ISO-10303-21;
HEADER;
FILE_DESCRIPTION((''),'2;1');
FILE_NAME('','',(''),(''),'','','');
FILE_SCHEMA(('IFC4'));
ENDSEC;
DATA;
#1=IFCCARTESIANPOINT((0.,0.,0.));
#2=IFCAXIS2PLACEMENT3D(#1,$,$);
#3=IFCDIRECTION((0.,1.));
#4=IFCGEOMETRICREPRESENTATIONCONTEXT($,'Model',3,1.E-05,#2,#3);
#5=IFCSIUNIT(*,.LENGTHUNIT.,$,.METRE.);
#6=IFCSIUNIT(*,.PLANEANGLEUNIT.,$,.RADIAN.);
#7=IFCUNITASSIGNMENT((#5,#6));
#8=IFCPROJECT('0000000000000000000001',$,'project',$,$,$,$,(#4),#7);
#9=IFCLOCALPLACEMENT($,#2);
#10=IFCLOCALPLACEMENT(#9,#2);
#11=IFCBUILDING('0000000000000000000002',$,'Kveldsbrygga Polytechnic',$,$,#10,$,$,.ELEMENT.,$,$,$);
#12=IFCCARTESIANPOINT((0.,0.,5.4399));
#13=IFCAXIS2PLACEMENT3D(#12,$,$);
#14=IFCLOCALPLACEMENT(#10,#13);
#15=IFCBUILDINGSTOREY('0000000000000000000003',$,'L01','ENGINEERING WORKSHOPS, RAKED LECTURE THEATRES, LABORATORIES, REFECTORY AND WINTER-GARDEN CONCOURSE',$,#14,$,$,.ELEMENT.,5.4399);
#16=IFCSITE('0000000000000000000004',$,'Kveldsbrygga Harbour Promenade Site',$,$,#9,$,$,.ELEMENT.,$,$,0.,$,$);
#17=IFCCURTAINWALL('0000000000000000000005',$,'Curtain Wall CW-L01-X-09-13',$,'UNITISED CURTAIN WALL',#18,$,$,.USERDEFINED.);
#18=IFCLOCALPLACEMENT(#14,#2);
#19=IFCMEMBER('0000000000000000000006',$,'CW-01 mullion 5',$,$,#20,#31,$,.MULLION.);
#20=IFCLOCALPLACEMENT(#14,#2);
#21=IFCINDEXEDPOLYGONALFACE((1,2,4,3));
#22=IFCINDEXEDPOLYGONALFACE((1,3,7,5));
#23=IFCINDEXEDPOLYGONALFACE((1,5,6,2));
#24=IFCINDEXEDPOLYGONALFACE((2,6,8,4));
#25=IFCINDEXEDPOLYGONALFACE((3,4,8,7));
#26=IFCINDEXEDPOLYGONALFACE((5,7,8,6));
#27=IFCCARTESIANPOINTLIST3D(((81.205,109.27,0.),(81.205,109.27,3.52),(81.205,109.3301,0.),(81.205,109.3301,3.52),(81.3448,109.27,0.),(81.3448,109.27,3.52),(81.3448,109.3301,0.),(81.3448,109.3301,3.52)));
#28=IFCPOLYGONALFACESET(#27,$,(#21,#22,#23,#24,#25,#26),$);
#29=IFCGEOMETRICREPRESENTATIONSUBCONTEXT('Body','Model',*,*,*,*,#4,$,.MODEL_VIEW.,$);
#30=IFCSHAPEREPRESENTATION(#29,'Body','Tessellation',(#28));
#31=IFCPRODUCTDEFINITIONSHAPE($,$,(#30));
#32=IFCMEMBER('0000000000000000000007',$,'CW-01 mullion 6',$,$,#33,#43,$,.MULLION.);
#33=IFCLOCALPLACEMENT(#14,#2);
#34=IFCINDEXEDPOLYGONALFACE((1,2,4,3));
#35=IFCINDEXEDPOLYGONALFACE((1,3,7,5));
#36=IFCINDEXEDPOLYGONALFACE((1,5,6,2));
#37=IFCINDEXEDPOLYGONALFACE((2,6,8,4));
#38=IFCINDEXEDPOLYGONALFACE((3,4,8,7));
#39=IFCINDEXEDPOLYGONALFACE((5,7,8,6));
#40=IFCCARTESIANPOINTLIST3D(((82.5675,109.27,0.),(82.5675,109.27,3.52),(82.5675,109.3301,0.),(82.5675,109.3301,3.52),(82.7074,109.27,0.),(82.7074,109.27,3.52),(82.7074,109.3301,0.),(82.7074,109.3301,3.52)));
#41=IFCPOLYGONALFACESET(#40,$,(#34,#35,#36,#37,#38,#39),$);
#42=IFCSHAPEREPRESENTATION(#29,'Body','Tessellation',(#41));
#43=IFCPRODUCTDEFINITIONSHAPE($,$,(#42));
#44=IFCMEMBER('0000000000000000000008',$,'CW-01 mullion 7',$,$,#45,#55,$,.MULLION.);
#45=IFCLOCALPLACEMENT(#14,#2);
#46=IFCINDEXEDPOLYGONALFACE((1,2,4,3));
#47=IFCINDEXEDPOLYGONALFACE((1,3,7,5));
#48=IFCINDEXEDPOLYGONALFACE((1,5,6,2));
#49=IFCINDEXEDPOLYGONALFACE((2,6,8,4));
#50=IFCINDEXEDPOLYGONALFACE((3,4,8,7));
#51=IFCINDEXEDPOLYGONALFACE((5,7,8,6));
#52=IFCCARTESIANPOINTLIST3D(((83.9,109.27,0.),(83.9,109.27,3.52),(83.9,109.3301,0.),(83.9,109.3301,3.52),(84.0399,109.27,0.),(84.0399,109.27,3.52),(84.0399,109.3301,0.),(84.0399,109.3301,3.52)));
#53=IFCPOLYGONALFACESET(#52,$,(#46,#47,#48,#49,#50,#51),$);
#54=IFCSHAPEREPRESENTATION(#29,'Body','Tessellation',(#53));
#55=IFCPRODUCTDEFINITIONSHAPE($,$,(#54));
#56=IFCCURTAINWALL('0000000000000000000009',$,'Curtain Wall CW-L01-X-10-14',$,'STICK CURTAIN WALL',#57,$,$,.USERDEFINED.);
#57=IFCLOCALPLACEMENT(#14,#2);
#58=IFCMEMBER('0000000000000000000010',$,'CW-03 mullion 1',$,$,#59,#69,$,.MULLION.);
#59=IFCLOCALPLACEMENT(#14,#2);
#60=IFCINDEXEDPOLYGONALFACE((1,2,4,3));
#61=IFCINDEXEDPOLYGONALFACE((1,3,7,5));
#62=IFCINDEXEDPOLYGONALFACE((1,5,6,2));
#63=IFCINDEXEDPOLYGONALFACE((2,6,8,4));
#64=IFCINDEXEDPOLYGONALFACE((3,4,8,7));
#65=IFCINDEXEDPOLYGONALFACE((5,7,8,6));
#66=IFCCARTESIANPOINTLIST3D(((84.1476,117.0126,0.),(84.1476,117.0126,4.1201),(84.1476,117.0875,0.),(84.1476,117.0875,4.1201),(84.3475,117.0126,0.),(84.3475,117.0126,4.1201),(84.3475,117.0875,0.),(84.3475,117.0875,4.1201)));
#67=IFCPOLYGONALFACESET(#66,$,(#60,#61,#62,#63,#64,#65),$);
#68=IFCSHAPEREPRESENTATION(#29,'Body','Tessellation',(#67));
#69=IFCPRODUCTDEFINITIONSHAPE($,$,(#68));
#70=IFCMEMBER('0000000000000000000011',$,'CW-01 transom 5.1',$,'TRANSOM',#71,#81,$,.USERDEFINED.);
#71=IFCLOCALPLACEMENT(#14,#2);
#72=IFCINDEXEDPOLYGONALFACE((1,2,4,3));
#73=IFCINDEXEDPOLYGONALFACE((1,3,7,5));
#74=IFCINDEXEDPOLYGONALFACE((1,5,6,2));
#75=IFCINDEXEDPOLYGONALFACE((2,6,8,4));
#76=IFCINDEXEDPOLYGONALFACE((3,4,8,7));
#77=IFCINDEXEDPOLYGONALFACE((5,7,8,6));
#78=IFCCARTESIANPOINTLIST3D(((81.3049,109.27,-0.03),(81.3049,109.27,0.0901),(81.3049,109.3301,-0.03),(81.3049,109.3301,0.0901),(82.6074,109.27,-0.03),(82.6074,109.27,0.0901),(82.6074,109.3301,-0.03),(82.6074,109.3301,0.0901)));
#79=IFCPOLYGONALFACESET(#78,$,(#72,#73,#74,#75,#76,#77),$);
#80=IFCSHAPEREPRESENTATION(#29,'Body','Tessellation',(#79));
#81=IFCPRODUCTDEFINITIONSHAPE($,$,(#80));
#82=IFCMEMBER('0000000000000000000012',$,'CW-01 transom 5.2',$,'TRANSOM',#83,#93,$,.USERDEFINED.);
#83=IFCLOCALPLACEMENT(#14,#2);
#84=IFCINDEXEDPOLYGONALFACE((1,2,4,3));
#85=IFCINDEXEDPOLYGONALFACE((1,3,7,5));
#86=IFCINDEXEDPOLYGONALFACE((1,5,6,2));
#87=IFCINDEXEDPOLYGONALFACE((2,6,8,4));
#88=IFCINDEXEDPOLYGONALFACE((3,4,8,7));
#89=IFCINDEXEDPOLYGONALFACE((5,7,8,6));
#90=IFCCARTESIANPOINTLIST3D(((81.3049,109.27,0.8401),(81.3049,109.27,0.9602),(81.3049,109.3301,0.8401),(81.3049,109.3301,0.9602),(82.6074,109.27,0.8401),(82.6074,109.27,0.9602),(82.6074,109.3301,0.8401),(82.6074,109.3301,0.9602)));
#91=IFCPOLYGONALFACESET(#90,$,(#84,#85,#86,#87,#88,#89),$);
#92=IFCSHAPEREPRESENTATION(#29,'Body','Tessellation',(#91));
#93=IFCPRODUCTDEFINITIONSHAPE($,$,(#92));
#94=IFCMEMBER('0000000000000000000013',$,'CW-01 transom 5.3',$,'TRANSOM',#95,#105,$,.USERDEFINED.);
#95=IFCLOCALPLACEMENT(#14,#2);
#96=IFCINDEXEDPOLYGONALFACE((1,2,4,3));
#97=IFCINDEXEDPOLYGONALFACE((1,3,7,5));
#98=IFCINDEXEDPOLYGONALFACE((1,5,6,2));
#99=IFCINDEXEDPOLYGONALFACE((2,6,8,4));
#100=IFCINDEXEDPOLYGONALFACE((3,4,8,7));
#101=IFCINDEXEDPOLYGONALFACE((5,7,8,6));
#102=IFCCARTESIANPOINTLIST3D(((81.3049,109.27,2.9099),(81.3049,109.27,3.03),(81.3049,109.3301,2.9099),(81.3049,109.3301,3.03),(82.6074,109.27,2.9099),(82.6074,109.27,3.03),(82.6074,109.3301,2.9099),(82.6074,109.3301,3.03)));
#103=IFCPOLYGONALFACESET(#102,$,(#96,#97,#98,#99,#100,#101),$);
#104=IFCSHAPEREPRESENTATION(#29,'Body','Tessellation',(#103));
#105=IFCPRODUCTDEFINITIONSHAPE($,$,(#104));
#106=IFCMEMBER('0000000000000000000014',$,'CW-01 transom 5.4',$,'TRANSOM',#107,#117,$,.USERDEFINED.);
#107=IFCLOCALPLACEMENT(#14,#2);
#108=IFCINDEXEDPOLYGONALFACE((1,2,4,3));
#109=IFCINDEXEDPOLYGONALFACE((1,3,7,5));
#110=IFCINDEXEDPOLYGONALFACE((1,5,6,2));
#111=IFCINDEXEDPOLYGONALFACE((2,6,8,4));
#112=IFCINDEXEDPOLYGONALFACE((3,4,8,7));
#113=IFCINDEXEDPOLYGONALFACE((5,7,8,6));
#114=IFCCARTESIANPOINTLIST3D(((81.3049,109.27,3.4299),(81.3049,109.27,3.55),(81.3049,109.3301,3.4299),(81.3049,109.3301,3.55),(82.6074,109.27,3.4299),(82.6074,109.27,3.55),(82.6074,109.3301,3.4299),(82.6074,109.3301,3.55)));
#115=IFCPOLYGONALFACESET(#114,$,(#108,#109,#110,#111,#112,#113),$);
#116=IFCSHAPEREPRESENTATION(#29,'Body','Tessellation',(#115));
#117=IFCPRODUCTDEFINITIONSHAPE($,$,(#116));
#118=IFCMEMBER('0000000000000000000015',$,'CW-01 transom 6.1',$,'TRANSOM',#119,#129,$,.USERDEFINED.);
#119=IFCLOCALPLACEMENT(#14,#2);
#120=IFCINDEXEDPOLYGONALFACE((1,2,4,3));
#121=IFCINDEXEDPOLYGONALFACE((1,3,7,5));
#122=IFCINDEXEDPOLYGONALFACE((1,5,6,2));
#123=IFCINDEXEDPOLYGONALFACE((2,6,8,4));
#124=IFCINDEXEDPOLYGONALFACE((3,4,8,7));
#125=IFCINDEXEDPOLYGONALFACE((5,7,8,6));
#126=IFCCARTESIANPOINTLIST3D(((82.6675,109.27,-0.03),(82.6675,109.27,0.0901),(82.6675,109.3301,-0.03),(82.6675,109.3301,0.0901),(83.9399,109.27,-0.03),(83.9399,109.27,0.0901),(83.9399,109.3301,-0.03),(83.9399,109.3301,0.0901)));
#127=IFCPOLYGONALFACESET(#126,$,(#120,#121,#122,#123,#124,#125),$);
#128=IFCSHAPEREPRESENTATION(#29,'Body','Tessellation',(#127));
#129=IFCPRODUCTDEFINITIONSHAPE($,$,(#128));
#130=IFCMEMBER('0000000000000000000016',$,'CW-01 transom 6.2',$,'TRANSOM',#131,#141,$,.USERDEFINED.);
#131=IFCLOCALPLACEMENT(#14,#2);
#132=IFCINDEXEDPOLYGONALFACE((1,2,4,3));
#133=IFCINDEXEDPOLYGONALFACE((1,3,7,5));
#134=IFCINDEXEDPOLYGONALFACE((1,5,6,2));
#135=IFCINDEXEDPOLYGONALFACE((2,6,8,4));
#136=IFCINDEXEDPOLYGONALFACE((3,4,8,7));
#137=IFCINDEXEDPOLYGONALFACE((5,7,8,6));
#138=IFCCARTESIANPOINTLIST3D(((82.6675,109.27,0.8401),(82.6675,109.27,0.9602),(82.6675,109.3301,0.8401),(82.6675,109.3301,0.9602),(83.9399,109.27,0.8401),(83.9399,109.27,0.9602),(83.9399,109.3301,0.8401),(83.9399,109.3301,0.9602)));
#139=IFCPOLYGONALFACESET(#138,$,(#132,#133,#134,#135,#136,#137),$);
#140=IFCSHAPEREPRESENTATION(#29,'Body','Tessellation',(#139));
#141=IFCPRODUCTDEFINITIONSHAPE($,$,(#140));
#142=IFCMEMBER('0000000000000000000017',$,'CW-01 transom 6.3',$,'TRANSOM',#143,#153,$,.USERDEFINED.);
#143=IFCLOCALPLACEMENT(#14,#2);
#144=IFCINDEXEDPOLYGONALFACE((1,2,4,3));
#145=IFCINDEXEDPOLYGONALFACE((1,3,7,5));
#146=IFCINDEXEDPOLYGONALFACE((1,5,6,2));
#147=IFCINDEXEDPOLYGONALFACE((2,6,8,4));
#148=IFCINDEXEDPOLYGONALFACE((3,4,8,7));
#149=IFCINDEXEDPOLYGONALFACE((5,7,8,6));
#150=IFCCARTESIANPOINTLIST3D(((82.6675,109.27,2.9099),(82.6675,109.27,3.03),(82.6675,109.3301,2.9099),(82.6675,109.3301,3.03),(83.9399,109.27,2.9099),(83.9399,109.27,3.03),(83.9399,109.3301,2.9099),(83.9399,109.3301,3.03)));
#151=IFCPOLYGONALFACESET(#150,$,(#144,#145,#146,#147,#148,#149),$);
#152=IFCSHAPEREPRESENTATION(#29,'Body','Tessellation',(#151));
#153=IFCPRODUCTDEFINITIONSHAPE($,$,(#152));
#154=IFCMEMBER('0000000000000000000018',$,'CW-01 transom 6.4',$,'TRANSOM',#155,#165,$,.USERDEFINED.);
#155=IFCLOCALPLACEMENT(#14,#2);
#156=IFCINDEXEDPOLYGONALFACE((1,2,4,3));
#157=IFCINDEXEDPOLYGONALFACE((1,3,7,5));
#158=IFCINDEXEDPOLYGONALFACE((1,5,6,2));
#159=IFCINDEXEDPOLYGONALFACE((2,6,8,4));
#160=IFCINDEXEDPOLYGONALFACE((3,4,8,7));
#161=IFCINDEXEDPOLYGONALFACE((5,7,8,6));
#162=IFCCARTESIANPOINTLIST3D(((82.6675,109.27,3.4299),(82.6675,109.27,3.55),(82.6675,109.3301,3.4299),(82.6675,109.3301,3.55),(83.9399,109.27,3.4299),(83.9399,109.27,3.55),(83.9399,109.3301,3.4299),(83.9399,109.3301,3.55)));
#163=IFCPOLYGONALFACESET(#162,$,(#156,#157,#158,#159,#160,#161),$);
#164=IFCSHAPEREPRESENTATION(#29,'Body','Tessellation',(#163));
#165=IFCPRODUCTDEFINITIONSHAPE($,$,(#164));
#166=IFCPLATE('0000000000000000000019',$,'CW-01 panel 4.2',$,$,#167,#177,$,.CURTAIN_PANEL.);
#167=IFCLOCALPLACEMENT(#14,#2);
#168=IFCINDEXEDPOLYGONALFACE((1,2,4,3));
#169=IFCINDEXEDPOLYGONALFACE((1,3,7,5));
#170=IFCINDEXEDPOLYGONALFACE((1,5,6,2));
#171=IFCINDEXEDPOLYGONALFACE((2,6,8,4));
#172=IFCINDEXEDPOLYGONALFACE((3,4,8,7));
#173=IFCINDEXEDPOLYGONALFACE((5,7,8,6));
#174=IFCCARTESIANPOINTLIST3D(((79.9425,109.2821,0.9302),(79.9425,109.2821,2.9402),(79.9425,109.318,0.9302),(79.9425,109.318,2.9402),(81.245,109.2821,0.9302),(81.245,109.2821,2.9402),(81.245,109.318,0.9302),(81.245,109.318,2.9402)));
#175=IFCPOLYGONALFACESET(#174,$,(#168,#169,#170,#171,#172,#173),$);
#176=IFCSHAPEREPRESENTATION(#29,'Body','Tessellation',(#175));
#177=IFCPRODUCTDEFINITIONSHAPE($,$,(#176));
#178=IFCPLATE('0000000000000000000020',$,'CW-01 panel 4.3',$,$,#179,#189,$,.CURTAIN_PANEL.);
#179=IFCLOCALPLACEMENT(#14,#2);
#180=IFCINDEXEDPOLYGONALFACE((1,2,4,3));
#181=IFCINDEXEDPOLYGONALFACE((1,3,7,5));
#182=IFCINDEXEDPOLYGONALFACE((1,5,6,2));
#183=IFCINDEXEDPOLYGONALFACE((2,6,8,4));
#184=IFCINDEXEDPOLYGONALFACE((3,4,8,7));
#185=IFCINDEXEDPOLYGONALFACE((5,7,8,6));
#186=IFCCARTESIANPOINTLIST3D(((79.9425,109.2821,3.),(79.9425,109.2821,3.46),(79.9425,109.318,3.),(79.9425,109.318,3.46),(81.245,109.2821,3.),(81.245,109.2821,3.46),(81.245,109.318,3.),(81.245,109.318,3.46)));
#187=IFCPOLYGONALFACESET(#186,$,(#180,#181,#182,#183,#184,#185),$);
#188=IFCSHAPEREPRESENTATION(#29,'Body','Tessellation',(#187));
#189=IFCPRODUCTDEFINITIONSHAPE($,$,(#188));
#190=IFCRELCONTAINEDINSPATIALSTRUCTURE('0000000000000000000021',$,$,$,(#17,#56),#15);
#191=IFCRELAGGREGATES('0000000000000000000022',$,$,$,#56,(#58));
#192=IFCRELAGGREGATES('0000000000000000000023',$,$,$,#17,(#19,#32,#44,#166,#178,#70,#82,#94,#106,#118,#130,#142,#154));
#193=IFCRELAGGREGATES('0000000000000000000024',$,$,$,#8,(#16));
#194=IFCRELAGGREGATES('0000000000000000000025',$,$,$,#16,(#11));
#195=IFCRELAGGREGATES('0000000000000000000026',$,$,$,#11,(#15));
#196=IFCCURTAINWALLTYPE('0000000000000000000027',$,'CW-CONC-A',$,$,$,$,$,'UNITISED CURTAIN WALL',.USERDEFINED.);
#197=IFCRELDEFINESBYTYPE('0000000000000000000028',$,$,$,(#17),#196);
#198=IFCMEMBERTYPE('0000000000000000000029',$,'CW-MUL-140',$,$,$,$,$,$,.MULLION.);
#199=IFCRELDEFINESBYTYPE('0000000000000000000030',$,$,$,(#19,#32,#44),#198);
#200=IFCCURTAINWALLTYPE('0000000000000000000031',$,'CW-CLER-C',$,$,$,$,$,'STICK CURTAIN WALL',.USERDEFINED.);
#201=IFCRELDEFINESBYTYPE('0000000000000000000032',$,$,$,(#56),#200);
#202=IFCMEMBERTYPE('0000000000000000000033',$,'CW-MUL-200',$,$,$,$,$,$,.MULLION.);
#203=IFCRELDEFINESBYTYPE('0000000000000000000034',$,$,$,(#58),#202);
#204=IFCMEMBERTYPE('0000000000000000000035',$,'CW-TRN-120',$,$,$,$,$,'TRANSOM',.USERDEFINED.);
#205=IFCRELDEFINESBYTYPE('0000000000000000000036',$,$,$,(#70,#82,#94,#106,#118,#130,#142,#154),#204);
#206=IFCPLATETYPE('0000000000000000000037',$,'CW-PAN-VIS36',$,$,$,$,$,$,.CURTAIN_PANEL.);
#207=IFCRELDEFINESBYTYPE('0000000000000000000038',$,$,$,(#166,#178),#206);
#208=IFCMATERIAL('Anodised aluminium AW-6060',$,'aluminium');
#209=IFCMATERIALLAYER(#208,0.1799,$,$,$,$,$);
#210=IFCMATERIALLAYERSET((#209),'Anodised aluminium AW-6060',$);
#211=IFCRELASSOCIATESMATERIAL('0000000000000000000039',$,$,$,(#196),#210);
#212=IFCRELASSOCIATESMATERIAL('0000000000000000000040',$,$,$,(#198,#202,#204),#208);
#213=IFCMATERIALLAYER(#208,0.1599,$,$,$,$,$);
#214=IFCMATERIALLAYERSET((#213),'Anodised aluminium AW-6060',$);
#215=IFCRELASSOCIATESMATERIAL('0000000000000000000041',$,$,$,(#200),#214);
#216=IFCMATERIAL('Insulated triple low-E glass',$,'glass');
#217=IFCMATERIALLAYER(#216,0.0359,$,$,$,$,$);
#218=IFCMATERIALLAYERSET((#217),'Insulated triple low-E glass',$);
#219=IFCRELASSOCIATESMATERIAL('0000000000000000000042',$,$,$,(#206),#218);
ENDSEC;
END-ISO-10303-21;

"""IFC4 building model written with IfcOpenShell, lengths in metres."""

from ifc_helpers import new_model, si_unit, direction, frame, origin, origin_2d, place, context, subcontext, project, spatial, rectangle, extrude, material, layer, layer_set, material_profile, profile_set, type_object, element, aggregate, save


model = new_model("IFC4")

# Units and contexts
model_context = context("Model", 3, precision=1e-05, world=origin(), true_north=direction((0.0, 1.0)))
body_context = subcontext(model_context, "Body", "Model", "MODEL_VIEW")
ifc_project = project(units=[si_unit("LENGTHUNIT", "METRE"), si_unit("PLANEANGLEUNIT", "RADIAN")], contexts=[model_context])

# Site, building, storey
site_placement = place(None, origin())
site = spatial("IfcSite", under=ifc_project, at=site_placement, Name="Kveldsbrygga Harbour Promenade Site", CompositionType="ELEMENT", RefElevation=0.0)
building_placement = place(site_placement, origin())
building = spatial("IfcBuilding", under=site, at=building_placement, Name="Kveldsbrygga Polytechnic", CompositionType="ELEMENT")
storey_placement = place(building_placement, frame((0.0, 0.0, 5.4399)))
storey = spatial("IfcBuildingStorey", under=building, at=storey_placement, Name="L01", Description="ENGINEERING WORKSHOPS, RAKED LECTURE THEATRES, LABORATORIES, REFECTORY AND WINTER-GARDEN CONCOURSE", CompositionType="ELEMENT", Elevation=5.4399)

# Curtain wall, members
ifc_material_1 = material(Name="Anodised aluminium AW-6060", Category="aluminium")
ifc_layer_1 = layer(ifc_material_1, 0.1799)
ifc_layer_set_1 = layer_set([ifc_layer_1], Name="Anodised aluminium AW-6060")
curtain_wall_type_1 = type_object("IfcCurtainWallType", Name="CW-CONC-A", ElementType="UNITISED CURTAIN WALL", PredefinedType="USERDEFINED", material=ifc_layer_set_1)
curtain_wall_1_placement = place(storey_placement, origin())
curtain_wall_1 = element("IfcCurtainWall", 1, at=curtain_wall_1_placement, inside=storey, type_object=curtain_wall_type_1, Name="Curtain Wall CW-L01-X-09-13", ObjectType="UNITISED CURTAIN WALL", PredefinedType="USERDEFINED")
ifc_material_profile_1 = material_profile(ifc_material_1, rectangle(XDim=0.0601, YDim=0.1399, at=origin_2d()), Name="ALU 60x140")
ifc_profile_set_1 = profile_set([ifc_material_profile_1], Name="Anodised aluminium AW-6060")
member_type_1 = type_object("IfcMemberType", Name="CW-MUL-140", PredefinedType="MULLION", material=ifc_profile_set_1)
member_1_placement = place(storey_placement, frame((81.2749, 109.3, 0.0), z_axis=(0.0, 0.0, 1.0), x_axis=(0.0, 1.0, 0.0)))
member_1 = element("IfcMember", 2, at=member_1_placement, type_object=member_type_1, Name="CW-01 mullion 5", PredefinedType="MULLION", context=body_context, shape_type="SweptSolid", body=[
    extrude(rectangle(XDim=0.0601, YDim=0.1399, at=origin_2d()), origin(), (0.0, 0.0, 1.0), 3.52),
])
member_2_placement = place(storey_placement, frame((82.6375, 109.3, 0.0), z_axis=(0.0, 0.0, 1.0), x_axis=(0.0, 1.0, 0.0)))
member_2 = element("IfcMember", 3, at=member_2_placement, type_object=member_type_1, Name="CW-01 mullion 6", PredefinedType="MULLION", context=body_context, shape_type="SweptSolid", body=[
    extrude(rectangle(XDim=0.0601, YDim=0.1399, at=origin_2d()), origin(), (0.0, 0.0, 1.0), 3.52),
])
member_3_placement = place(storey_placement, frame((83.97, 109.3, 0.0), z_axis=(0.0, 0.0, 1.0), x_axis=(0.0, 1.0, 0.0)))
member_3 = element("IfcMember", 4, at=member_3_placement, type_object=member_type_1, Name="CW-01 mullion 7", PredefinedType="MULLION", context=body_context, shape_type="SweptSolid", body=[
    extrude(rectangle(XDim=0.0601, YDim=0.1399, at=origin_2d()), origin(), (0.0, 0.0, 1.0), 3.52),
])

# Curtain wall, member
ifc_layer_2 = layer(ifc_material_1, 0.1599)
ifc_layer_set_2 = layer_set([ifc_layer_2], Name="Anodised aluminium AW-6060")
curtain_wall_type_2 = type_object("IfcCurtainWallType", Name="CW-CLER-C", ElementType="STICK CURTAIN WALL", PredefinedType="USERDEFINED", material=ifc_layer_set_2)
curtain_wall_2_placement = place(storey_placement, origin())
curtain_wall_2 = element("IfcCurtainWall", 5, at=curtain_wall_2_placement, inside=storey, type_object=curtain_wall_type_2, Name="Curtain Wall CW-L01-X-10-14", ObjectType="STICK CURTAIN WALL", PredefinedType="USERDEFINED")
ifc_material_profile_2 = material_profile(ifc_material_1, rectangle(XDim=0.075, YDim=0.2, at=origin_2d()), Name="ALU 75x200")
ifc_profile_set_2 = profile_set([ifc_material_profile_2], Name="Anodised aluminium AW-6060")
member_type_2 = type_object("IfcMemberType", Name="CW-MUL-200", PredefinedType="MULLION", material=ifc_profile_set_2)
member_4_placement = place(storey_placement, frame((84.2476, 117.05, 0.0), z_axis=(0.0, 0.0, 1.0), x_axis=(0.0, 1.0, 0.0)))
member_4 = element("IfcMember", 6, at=member_4_placement, type_object=member_type_2, Name="CW-03 mullion 1", PredefinedType="MULLION", context=body_context, shape_type="SweptSolid", body=[
    extrude(rectangle(XDim=0.075, YDim=0.2, at=origin_2d()), origin(), (0.0, 0.0, 1.0), 4.1201),
])
aggregate(curtain_wall_2, [member_4])

# Members
ifc_material_profile_3 = material_profile(ifc_material_1, rectangle(XDim=0.0601, YDim=0.1201, at=origin_2d()), Name="ALU 60x120")
ifc_profile_set_3 = profile_set([ifc_material_profile_3], Name="Anodised aluminium AW-6060")
member_type_3 = type_object("IfcMemberType", Name="CW-TRN-120", ElementType="TRANSOM", PredefinedType="USERDEFINED", material=ifc_profile_set_3)
member_5_placement = place(storey_placement, frame((81.3049, 109.3, 0.03), z_axis=(1.0, 0.0, 0.0), x_axis=(0.0, 1.0, 0.0)))
member_5 = element("IfcMember", 7, at=member_5_placement, type_object=member_type_3, Name="CW-01 transom 5.1", ObjectType="TRANSOM", PredefinedType="USERDEFINED", context=body_context, shape_type="SweptSolid", body=[
    extrude(rectangle(XDim=0.0601, YDim=0.1201, at=origin_2d()), origin(), (0.0, 0.0, 1.0), 1.3025),
])
member_6_placement = place(storey_placement, frame((81.3049, 109.3, 0.9001), z_axis=(1.0, 0.0, 0.0), x_axis=(0.0, 1.0, 0.0)))
member_6 = element("IfcMember", 8, at=member_6_placement, type_object=member_type_3, Name="CW-01 transom 5.2", ObjectType="TRANSOM", PredefinedType="USERDEFINED", context=body_context, shape_type="SweptSolid", body=[
    extrude(rectangle(XDim=0.0601, YDim=0.1201, at=origin_2d()), origin(), (0.0, 0.0, 1.0), 1.3025),
])
member_7_placement = place(storey_placement, frame((81.3049, 109.3, 2.97), z_axis=(1.0, 0.0, 0.0), x_axis=(0.0, 1.0, 0.0)))
member_7 = element("IfcMember", 9, at=member_7_placement, type_object=member_type_3, Name="CW-01 transom 5.3", ObjectType="TRANSOM", PredefinedType="USERDEFINED", context=body_context, shape_type="SweptSolid", body=[
    extrude(rectangle(XDim=0.0601, YDim=0.1201, at=origin_2d()), origin(), (0.0, 0.0, 1.0), 1.3025),
])
member_8_placement = place(storey_placement, frame((81.3049, 109.3, 3.49), z_axis=(1.0, 0.0, 0.0), x_axis=(0.0, 1.0, 0.0)))
member_8 = element("IfcMember", 10, at=member_8_placement, type_object=member_type_3, Name="CW-01 transom 5.4", ObjectType="TRANSOM", PredefinedType="USERDEFINED", context=body_context, shape_type="SweptSolid", body=[
    extrude(rectangle(XDim=0.0601, YDim=0.1201, at=origin_2d()), origin(), (0.0, 0.0, 1.0), 1.3025),
])
member_9_placement = place(storey_placement, frame((82.6675, 109.3, 0.03), z_axis=(1.0, 0.0, 0.0), x_axis=(0.0, 1.0, 0.0)))
member_9 = element("IfcMember", 11, at=member_9_placement, type_object=member_type_3, Name="CW-01 transom 6.1", ObjectType="TRANSOM", PredefinedType="USERDEFINED", context=body_context, shape_type="SweptSolid", body=[
    extrude(rectangle(XDim=0.0601, YDim=0.1201, at=origin_2d()), origin(), (0.0, 0.0, 1.0), 1.2725),
])
member_10_placement = place(storey_placement, frame((82.6675, 109.3, 0.9001), z_axis=(1.0, 0.0, 0.0), x_axis=(0.0, 1.0, 0.0)))
member_10 = element("IfcMember", 12, at=member_10_placement, type_object=member_type_3, Name="CW-01 transom 6.2", ObjectType="TRANSOM", PredefinedType="USERDEFINED", context=body_context, shape_type="SweptSolid", body=[
    extrude(rectangle(XDim=0.0601, YDim=0.1201, at=origin_2d()), origin(), (0.0, 0.0, 1.0), 1.2725),
])
member_11_placement = place(storey_placement, frame((82.6675, 109.3, 2.97), z_axis=(1.0, 0.0, 0.0), x_axis=(0.0, 1.0, 0.0)))
member_11 = element("IfcMember", 13, at=member_11_placement, type_object=member_type_3, Name="CW-01 transom 6.3", ObjectType="TRANSOM", PredefinedType="USERDEFINED", context=body_context, shape_type="SweptSolid", body=[
    extrude(rectangle(XDim=0.0601, YDim=0.1201, at=origin_2d()), origin(), (0.0, 0.0, 1.0), 1.2725),
])
member_12_placement = place(storey_placement, frame((82.6675, 109.3, 3.49), z_axis=(1.0, 0.0, 0.0), x_axis=(0.0, 1.0, 0.0)))
member_12 = element("IfcMember", 14, at=member_12_placement, type_object=member_type_3, Name="CW-01 transom 6.4", ObjectType="TRANSOM", PredefinedType="USERDEFINED", context=body_context, shape_type="SweptSolid", body=[
    extrude(rectangle(XDim=0.0601, YDim=0.1201, at=origin_2d()), origin(), (0.0, 0.0, 1.0), 1.2725),
])

# Plates
ifc_material_2 = material(Name="Insulated triple low-E glass", Category="glass")
ifc_layer_3 = layer(ifc_material_2, 0.0359)
ifc_layer_set_3 = layer_set([ifc_layer_3], Name="Insulated triple low-E glass")
plate_type = type_object("IfcPlateType", Name="CW-PAN-VIS36", PredefinedType="CURTAIN_PANEL", material=ifc_layer_set_3)
plate_1_placement = place(storey_placement, frame((80.5938, 109.3, 0.9302), z_axis=(0.0, 0.0, 1.0), x_axis=(1.0, 0.0, 0.0)))
plate_1 = element("IfcPlate", 15, at=plate_1_placement, type_object=plate_type, Name="CW-01 panel 4.2", PredefinedType="CURTAIN_PANEL", context=body_context, shape_type="SweptSolid", body=[
    extrude(rectangle(XDim=1.3025, YDim=0.0359, at=origin_2d()), origin(), (0.0, 0.0, 1.0), 2.01),
])
plate_2_placement = place(storey_placement, frame((80.5938, 109.3, 3.0), z_axis=(0.0, 0.0, 1.0), x_axis=(1.0, 0.0, 0.0)))
plate_2 = element("IfcPlate", 16, at=plate_2_placement, type_object=plate_type, Name="CW-01 panel 4.3", PredefinedType="CURTAIN_PANEL", context=body_context, shape_type="SweptSolid", body=[
    extrude(rectangle(XDim=1.3025, YDim=0.0359, at=origin_2d()), origin(), (0.0, 0.0, 1.0), 0.46),
])
aggregate(curtain_wall_1, [member_1, member_2, member_3, plate_1, plate_2, member_5, member_6, member_7, member_8, member_9, member_10, member_11, member_12])

save(model, "model.ifc")
